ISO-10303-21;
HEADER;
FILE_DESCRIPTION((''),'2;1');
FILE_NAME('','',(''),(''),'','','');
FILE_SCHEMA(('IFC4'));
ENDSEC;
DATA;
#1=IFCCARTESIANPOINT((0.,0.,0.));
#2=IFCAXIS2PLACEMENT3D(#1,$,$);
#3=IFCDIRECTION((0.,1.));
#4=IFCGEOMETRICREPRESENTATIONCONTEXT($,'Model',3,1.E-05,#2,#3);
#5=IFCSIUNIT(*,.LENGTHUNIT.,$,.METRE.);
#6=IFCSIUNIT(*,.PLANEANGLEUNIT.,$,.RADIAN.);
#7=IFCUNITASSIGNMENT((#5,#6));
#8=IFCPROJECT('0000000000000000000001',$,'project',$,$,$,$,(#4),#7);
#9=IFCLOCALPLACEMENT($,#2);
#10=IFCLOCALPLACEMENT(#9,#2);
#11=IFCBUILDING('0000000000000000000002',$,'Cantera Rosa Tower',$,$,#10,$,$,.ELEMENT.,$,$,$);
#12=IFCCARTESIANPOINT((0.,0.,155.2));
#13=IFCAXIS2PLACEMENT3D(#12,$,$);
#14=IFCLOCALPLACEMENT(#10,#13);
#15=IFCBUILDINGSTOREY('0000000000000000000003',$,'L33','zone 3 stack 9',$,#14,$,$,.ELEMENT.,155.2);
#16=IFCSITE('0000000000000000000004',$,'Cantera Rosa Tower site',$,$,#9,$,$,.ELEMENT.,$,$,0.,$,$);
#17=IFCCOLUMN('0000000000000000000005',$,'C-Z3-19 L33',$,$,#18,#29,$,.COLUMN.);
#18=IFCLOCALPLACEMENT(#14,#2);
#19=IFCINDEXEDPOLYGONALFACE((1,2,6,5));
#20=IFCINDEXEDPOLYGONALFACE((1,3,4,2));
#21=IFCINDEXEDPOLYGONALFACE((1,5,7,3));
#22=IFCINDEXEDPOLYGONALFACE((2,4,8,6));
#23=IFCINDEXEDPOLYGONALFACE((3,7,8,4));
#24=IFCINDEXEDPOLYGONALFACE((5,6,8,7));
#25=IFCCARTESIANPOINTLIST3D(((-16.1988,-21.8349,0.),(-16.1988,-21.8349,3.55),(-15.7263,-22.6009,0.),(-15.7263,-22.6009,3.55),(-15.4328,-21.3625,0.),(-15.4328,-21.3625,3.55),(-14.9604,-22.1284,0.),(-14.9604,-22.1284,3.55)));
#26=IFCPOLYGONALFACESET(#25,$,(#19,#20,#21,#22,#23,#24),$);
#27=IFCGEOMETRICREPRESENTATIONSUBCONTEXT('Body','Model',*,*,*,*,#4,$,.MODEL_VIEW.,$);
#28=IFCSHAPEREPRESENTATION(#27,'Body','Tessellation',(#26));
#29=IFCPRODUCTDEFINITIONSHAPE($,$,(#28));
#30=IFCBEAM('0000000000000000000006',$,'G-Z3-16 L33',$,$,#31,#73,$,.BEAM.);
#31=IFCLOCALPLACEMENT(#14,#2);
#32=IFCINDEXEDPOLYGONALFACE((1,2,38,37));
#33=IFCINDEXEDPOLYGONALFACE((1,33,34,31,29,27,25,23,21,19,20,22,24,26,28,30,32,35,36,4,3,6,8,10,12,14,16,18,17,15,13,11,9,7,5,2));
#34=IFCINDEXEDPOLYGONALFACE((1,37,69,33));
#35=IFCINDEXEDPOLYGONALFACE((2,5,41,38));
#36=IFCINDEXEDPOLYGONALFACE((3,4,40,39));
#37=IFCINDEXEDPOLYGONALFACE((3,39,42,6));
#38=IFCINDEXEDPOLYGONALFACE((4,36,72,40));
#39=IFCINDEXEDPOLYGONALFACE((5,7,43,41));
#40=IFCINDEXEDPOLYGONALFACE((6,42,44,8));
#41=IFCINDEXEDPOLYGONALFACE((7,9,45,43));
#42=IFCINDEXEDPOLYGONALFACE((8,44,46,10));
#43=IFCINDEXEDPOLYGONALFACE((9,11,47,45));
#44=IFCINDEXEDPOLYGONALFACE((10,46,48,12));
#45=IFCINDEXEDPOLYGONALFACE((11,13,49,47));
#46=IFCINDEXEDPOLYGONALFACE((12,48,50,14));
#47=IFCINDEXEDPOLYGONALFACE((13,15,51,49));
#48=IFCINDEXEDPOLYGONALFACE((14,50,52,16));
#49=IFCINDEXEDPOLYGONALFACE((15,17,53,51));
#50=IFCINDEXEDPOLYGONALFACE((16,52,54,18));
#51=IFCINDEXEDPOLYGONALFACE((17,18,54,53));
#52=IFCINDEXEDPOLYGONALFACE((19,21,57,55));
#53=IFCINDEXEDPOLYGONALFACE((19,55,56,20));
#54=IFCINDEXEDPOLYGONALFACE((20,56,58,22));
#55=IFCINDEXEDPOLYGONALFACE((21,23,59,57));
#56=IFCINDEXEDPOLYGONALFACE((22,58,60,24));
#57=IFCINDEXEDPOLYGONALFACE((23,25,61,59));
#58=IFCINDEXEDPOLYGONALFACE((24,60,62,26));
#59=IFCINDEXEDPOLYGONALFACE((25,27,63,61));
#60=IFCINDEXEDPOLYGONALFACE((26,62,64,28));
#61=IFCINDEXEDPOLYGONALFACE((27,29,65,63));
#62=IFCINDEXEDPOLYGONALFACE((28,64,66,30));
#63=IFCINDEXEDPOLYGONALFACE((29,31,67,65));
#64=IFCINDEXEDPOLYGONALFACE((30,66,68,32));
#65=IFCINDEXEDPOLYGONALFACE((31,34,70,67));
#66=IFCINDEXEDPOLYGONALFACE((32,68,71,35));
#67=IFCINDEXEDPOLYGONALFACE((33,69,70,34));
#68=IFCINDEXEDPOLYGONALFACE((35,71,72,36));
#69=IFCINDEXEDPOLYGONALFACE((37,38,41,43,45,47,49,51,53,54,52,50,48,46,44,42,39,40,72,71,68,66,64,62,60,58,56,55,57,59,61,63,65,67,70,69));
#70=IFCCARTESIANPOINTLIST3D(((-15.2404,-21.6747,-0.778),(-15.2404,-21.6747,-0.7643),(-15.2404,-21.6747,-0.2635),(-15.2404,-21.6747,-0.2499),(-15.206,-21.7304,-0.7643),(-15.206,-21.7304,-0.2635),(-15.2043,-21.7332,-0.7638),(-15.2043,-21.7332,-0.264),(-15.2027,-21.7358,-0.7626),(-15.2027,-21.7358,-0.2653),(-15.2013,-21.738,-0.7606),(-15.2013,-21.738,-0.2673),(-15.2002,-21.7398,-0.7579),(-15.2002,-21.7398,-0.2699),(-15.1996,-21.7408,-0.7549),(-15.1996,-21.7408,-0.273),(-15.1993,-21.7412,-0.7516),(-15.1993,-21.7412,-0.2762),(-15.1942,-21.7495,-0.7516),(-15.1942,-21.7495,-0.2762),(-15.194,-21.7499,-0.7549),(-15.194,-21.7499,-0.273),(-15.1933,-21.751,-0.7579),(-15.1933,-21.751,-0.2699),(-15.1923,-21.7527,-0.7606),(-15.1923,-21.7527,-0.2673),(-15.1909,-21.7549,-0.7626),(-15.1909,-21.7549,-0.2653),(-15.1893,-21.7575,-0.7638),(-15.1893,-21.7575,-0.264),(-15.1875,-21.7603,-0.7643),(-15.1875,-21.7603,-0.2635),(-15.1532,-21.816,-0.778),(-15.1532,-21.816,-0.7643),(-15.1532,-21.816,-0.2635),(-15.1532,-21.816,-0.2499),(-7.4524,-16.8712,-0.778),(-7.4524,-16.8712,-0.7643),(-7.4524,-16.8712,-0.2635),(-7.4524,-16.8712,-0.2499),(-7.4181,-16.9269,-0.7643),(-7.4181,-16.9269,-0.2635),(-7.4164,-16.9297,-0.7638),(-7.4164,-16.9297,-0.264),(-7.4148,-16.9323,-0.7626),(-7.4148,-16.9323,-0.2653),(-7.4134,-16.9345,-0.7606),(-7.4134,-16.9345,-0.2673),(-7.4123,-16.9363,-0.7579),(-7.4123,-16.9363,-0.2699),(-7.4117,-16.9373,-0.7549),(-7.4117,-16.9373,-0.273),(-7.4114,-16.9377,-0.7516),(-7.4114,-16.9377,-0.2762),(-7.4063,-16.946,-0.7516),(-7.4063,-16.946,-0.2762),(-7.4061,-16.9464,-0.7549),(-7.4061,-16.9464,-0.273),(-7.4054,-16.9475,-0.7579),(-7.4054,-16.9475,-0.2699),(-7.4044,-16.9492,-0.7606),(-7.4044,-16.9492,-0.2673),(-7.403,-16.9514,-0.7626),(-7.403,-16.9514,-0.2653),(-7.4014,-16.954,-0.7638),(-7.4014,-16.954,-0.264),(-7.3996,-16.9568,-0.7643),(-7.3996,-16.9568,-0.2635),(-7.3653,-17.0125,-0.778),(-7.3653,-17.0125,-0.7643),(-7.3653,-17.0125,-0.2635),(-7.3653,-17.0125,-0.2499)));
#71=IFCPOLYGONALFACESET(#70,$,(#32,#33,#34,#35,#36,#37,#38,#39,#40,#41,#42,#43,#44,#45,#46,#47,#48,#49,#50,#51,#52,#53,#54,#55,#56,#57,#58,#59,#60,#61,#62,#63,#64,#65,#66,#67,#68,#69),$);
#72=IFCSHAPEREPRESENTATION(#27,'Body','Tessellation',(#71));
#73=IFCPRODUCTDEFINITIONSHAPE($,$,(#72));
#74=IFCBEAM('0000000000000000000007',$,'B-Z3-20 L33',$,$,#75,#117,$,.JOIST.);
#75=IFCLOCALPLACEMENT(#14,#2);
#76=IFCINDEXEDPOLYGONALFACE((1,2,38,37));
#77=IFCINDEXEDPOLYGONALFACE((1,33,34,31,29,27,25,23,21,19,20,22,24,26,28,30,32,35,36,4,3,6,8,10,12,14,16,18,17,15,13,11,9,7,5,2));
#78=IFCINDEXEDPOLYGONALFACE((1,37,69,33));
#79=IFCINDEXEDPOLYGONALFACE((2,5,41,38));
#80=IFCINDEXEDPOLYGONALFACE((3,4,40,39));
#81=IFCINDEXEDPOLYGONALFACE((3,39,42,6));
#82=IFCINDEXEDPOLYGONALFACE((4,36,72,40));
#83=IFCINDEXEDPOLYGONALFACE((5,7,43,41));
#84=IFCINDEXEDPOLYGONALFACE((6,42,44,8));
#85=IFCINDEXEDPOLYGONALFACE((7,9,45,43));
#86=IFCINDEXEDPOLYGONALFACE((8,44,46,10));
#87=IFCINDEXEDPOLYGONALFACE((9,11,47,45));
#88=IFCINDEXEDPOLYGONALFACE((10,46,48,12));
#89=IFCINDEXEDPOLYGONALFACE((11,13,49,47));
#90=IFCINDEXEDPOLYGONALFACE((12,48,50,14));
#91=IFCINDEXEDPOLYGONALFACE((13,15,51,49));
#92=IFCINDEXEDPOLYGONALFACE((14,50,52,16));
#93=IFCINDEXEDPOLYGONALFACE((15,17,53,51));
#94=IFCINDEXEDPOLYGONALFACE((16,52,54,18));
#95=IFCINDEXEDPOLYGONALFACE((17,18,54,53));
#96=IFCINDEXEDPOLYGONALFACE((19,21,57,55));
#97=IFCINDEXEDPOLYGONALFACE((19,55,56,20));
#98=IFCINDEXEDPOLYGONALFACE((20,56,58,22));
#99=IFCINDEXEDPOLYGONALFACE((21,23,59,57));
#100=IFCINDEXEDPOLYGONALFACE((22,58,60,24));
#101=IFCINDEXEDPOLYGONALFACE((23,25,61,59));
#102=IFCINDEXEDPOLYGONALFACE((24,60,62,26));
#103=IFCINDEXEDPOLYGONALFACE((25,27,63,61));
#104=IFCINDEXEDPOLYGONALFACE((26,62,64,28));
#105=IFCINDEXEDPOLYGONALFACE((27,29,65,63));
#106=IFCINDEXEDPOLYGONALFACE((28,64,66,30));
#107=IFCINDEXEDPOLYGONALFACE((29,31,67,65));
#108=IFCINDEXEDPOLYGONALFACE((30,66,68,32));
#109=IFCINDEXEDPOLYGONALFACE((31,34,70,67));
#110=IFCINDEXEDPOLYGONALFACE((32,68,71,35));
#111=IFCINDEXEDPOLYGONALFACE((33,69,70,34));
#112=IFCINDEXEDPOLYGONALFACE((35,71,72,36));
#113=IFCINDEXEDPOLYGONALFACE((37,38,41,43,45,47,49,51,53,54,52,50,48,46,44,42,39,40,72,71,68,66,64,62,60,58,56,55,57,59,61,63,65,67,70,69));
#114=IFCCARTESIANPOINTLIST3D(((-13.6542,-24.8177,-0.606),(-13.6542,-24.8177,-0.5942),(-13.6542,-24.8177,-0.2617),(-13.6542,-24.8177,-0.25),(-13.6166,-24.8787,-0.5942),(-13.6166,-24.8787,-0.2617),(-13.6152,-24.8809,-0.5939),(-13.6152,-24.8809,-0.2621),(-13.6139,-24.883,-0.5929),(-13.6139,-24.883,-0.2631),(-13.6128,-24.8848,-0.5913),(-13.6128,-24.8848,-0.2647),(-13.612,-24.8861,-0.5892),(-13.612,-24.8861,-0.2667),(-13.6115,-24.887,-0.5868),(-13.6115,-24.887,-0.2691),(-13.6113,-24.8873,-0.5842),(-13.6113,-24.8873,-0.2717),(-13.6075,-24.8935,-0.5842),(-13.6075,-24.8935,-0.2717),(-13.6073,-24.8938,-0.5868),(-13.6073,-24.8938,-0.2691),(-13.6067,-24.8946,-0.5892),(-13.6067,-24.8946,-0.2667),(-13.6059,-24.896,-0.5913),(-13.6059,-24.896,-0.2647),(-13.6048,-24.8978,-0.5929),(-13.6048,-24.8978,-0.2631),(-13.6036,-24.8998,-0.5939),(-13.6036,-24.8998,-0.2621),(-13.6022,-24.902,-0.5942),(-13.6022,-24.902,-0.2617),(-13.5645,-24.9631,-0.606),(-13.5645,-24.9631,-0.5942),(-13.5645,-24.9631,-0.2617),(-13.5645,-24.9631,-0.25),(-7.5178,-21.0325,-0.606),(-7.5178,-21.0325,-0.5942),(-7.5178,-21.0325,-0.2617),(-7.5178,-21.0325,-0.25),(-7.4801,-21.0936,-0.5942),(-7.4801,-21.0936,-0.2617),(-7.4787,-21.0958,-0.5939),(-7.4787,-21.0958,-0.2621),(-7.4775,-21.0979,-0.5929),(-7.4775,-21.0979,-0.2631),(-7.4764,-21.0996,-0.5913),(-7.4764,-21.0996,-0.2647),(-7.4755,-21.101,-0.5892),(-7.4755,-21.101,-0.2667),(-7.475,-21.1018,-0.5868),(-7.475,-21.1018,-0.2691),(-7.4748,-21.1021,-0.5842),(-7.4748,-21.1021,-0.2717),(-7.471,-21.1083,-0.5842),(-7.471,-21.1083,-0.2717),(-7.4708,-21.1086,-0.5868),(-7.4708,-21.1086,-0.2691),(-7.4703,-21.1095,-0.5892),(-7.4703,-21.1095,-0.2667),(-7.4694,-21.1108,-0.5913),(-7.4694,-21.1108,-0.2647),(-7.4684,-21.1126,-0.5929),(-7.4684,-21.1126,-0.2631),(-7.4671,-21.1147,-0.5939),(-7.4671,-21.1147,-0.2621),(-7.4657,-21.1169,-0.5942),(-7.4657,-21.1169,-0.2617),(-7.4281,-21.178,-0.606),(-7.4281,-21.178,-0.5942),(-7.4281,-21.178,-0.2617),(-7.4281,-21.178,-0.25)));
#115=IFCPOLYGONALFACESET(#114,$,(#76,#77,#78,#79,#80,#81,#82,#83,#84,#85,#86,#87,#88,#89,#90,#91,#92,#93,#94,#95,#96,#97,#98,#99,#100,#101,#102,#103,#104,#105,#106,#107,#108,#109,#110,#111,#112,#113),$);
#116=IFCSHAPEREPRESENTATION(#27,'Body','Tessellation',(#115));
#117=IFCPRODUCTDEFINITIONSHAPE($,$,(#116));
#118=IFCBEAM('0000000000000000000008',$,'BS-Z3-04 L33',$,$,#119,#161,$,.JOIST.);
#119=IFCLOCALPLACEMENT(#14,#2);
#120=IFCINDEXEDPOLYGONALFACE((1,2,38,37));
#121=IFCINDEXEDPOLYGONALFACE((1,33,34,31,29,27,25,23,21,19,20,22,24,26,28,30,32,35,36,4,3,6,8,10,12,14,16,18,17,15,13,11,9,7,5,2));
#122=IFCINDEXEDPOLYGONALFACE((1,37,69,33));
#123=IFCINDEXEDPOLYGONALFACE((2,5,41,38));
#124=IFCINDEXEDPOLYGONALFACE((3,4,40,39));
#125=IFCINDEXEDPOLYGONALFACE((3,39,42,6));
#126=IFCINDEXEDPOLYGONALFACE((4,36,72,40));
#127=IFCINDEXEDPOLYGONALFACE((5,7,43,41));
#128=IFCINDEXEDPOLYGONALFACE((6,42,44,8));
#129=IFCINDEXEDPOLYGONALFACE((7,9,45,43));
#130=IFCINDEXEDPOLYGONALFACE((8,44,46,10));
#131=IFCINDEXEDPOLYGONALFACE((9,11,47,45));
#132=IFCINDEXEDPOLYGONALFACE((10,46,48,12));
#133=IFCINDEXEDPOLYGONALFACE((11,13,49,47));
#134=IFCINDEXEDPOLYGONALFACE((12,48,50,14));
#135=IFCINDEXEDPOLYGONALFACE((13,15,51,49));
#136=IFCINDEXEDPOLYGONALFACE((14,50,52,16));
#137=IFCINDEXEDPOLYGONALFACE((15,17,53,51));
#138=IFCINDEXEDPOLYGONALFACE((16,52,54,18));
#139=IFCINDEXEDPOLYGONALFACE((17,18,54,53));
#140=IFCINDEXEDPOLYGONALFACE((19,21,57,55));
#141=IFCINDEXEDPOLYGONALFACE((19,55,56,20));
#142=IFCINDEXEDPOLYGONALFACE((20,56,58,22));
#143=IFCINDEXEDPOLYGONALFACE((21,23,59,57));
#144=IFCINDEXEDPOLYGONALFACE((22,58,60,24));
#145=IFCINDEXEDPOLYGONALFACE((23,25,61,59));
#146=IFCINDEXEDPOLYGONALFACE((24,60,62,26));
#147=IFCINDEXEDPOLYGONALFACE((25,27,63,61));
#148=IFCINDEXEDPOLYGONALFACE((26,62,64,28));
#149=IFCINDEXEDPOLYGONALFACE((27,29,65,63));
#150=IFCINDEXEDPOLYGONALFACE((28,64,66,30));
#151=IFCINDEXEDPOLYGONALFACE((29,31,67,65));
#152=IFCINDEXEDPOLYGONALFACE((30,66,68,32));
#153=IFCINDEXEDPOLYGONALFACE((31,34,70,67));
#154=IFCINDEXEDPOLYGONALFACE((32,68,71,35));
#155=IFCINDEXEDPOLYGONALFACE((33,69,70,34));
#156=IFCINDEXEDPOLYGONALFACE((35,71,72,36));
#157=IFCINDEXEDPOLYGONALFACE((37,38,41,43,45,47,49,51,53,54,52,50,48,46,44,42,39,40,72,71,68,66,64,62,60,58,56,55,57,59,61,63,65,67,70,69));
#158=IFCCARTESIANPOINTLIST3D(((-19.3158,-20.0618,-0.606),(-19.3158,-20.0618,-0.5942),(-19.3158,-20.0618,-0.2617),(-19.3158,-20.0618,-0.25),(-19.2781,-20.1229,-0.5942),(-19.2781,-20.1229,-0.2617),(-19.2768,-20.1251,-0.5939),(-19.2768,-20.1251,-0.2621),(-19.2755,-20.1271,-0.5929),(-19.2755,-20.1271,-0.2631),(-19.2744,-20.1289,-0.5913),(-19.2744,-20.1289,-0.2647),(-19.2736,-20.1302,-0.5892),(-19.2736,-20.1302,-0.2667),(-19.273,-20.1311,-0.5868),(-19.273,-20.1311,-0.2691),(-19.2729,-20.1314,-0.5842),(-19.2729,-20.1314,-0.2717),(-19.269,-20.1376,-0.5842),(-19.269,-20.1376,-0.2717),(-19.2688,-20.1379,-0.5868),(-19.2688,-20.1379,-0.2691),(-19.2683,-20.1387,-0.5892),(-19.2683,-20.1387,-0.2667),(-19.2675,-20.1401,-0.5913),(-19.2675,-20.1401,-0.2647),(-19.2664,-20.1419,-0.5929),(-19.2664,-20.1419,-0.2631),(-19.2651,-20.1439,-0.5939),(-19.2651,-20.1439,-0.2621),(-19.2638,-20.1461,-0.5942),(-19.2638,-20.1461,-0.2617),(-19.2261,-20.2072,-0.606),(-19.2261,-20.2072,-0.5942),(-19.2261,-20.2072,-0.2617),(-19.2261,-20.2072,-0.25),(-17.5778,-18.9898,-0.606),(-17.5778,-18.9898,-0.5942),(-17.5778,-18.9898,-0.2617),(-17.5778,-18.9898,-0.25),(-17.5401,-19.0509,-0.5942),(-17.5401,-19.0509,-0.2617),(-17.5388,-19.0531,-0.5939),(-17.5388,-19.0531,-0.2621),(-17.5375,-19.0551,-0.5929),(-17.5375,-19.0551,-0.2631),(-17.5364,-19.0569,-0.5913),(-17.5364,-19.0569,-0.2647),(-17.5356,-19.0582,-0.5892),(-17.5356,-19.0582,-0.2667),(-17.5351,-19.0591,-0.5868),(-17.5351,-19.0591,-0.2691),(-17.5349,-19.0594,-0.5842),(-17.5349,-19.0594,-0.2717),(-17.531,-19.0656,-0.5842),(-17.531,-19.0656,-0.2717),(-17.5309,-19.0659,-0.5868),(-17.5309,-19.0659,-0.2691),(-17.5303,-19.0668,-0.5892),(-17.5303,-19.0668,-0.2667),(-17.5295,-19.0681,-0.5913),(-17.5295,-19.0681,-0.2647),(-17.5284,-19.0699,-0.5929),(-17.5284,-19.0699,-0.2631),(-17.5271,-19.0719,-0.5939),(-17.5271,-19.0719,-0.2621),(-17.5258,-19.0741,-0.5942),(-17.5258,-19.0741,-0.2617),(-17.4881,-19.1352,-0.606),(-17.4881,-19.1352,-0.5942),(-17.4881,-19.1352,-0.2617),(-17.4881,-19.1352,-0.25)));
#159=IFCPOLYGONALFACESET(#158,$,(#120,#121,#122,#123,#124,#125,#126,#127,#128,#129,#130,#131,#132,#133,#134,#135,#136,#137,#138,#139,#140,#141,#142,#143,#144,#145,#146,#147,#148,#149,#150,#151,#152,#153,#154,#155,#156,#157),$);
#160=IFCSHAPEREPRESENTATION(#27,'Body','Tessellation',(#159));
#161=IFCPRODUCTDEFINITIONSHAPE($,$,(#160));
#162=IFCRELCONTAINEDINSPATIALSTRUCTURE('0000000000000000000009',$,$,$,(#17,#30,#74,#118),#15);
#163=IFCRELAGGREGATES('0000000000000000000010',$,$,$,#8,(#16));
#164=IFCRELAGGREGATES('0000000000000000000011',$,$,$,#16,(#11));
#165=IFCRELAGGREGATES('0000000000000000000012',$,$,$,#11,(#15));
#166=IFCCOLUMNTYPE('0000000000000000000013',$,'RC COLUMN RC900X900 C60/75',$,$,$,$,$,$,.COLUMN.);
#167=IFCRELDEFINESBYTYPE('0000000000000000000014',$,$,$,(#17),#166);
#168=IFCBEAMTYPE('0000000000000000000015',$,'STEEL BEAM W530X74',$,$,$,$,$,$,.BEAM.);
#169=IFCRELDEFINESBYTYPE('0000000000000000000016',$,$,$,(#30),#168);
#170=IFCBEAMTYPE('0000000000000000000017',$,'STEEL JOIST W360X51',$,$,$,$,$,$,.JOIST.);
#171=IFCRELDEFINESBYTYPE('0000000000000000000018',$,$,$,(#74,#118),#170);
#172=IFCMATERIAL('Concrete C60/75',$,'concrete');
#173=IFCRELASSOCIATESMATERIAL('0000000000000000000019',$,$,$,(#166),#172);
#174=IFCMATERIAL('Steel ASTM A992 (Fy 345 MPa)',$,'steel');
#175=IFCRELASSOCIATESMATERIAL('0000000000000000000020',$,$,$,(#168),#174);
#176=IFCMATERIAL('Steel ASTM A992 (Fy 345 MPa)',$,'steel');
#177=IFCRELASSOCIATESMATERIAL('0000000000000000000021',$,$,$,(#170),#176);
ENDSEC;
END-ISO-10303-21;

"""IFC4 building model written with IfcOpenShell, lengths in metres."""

from ifc_helpers import new_model, si_unit, direction, frame, origin, origin_2d, place, context, subcontext, project, spatial, rectangle, i_section, extrude, material, material_profile, profile_set, type_object, element, save


model = new_model("IFC4")

# Units and contexts
model_context = context("Model", 3, precision=1e-05, world=origin(), true_north=direction((0.0, 1.0)))
body_context = subcontext(model_context, "Body", "Model", "MODEL_VIEW")
ifc_project = project(units=[si_unit("LENGTHUNIT", "METRE"), si_unit("PLANEANGLEUNIT", "RADIAN")], contexts=[model_context])

# Site, building, storey
site_placement = place(None, origin())
site = spatial("IfcSite", under=ifc_project, at=site_placement, Name="Cantera Rosa Tower site", CompositionType="ELEMENT", RefElevation=0.0)
building_placement = place(site_placement, origin())
building = spatial("IfcBuilding", under=site, at=building_placement, Name="Cantera Rosa Tower", CompositionType="ELEMENT")
storey_placement = place(building_placement, frame((0.0, 0.0, 155.2)))
storey = spatial("IfcBuildingStorey", under=building, at=storey_placement, Name="L33", Description="zone 3 stack 9", CompositionType="ELEMENT", Elevation=155.2)

# Column
ifc_material_1 = material(Name="Concrete C60/75", Category="concrete")
ifc_material_profile_1 = material_profile(ifc_material_1, rectangle(XDim=0.8999, YDim=0.8999, at=origin_2d()), Name="RC COLUMN RC900X900 C60/75")
ifc_profile_set_1 = profile_set([ifc_material_profile_1], Name="Concrete C60/75")
column_type = type_object("IfcColumnType", Name="RC COLUMN RC900X900 C60/75", PredefinedType="COLUMN", material=ifc_profile_set_1)
column_placement = place(storey_placement, frame((-15.5796, -21.9817, 0.0), z_axis=(0.0, 0.0, 1.0), x_axis=(0.851117, 0.524977, 0.0)))
element("IfcColumn", 1, at=column_placement, inside=storey, type_object=column_type, Name="C-Z3-19 L33", PredefinedType="COLUMN", context=body_context, shape_type="SweptSolid", body=[
    extrude(rectangle(XDim=0.8999, YDim=0.8999, at=origin_2d()), origin(), (0.0, 0.0, 1.0), 3.55),
])

# Beams
ifc_material_2 = material(Name="Steel ASTM A992 (Fy 345 MPa)", Category="steel")
ifc_material_profile_2 = material_profile(ifc_material_2, i_section(OverallWidth=0.166, OverallDepth=0.5281, WebThickness=0.0098, FlangeThickness=0.0137, FilletRadius=0.0127, at=origin_2d()), Name="W530X74")
ifc_profile_set_2 = profile_set([ifc_material_profile_2], Name="Steel ASTM A992 (Fy 345 MPa)")
beam_type_1 = type_object("IfcBeamType", Name="STEEL BEAM W530X74", PredefinedType="BEAM", material=ifc_profile_set_2)
beam_1_placement = place(storey_placement, frame((-15.1968, -21.7454, -0.5139), z_axis=(0.851124, 0.524965, 0.0), x_axis=(-0.524965, 0.851124, 0.0)))
element("IfcBeam", 2, at=beam_1_placement, inside=storey, type_object=beam_type_1, Name="G-Z3-16 L33", PredefinedType="BEAM", context=body_context, shape_type="SweptSolid", body=[
    extrude(i_section(OverallWidth=0.166, OverallDepth=0.5281, WebThickness=0.0098, FlangeThickness=0.0137, FilletRadius=0.0127, at=origin_2d()), origin(), (0.0, 0.0, 1.0), 9.1501),
])
ifc_material_3 = material(Name="Steel ASTM A992 (Fy 345 MPa)", Category="steel")
ifc_material_profile_3 = material_profile(ifc_material_3, i_section(OverallWidth=0.1709, OverallDepth=0.356, WebThickness=0.0073, FlangeThickness=0.0117, FilletRadius=0.01, at=origin_2d()), Name="W360X51")
ifc_profile_set_3 = profile_set([ifc_material_profile_3], Name="Steel ASTM A992 (Fy 345 MPa)")
beam_type_2 = type_object("IfcBeamType", Name="STEEL JOIST W360X51", PredefinedType="JOIST", material=ifc_profile_set_3)
beam_2_placement = place(storey_placement, frame((-13.6094, -24.8904, -0.428), z_axis=(0.851109, 0.524989, 0.0), x_axis=(-0.524989, 0.851109, 0.0)))
element("IfcBeam", 3, at=beam_2_placement, inside=storey, type_object=beam_type_2, Name="B-Z3-20 L33", PredefinedType="JOIST", context=body_context, shape_type="SweptSolid", body=[
    extrude(i_section(OverallWidth=0.1709, OverallDepth=0.356, WebThickness=0.0073, FlangeThickness=0.0117, FilletRadius=0.01, at=origin_2d()), origin(), (0.0, 0.0, 1.0), 7.21),
])
beam_3_placement = place(storey_placement, frame((-17.533, -19.0625, -0.428), z_axis=(-0.85112, -0.524971, 0.0), x_axis=(0.524971, -0.85112, 0.0)))
element("IfcBeam", 4, at=beam_3_placement, inside=storey, type_object=beam_type_2, Name="BS-Z3-04 L33", PredefinedType="JOIST", context=body_context, shape_type="SweptSolid", body=[
    extrude(i_section(OverallWidth=0.1709, OverallDepth=0.356, WebThickness=0.0073, FlangeThickness=0.0117, FilletRadius=0.01, at=origin_2d()), origin(), (0.0, 0.0, 1.0), 2.042),
])

save(model, "model.ifc")
